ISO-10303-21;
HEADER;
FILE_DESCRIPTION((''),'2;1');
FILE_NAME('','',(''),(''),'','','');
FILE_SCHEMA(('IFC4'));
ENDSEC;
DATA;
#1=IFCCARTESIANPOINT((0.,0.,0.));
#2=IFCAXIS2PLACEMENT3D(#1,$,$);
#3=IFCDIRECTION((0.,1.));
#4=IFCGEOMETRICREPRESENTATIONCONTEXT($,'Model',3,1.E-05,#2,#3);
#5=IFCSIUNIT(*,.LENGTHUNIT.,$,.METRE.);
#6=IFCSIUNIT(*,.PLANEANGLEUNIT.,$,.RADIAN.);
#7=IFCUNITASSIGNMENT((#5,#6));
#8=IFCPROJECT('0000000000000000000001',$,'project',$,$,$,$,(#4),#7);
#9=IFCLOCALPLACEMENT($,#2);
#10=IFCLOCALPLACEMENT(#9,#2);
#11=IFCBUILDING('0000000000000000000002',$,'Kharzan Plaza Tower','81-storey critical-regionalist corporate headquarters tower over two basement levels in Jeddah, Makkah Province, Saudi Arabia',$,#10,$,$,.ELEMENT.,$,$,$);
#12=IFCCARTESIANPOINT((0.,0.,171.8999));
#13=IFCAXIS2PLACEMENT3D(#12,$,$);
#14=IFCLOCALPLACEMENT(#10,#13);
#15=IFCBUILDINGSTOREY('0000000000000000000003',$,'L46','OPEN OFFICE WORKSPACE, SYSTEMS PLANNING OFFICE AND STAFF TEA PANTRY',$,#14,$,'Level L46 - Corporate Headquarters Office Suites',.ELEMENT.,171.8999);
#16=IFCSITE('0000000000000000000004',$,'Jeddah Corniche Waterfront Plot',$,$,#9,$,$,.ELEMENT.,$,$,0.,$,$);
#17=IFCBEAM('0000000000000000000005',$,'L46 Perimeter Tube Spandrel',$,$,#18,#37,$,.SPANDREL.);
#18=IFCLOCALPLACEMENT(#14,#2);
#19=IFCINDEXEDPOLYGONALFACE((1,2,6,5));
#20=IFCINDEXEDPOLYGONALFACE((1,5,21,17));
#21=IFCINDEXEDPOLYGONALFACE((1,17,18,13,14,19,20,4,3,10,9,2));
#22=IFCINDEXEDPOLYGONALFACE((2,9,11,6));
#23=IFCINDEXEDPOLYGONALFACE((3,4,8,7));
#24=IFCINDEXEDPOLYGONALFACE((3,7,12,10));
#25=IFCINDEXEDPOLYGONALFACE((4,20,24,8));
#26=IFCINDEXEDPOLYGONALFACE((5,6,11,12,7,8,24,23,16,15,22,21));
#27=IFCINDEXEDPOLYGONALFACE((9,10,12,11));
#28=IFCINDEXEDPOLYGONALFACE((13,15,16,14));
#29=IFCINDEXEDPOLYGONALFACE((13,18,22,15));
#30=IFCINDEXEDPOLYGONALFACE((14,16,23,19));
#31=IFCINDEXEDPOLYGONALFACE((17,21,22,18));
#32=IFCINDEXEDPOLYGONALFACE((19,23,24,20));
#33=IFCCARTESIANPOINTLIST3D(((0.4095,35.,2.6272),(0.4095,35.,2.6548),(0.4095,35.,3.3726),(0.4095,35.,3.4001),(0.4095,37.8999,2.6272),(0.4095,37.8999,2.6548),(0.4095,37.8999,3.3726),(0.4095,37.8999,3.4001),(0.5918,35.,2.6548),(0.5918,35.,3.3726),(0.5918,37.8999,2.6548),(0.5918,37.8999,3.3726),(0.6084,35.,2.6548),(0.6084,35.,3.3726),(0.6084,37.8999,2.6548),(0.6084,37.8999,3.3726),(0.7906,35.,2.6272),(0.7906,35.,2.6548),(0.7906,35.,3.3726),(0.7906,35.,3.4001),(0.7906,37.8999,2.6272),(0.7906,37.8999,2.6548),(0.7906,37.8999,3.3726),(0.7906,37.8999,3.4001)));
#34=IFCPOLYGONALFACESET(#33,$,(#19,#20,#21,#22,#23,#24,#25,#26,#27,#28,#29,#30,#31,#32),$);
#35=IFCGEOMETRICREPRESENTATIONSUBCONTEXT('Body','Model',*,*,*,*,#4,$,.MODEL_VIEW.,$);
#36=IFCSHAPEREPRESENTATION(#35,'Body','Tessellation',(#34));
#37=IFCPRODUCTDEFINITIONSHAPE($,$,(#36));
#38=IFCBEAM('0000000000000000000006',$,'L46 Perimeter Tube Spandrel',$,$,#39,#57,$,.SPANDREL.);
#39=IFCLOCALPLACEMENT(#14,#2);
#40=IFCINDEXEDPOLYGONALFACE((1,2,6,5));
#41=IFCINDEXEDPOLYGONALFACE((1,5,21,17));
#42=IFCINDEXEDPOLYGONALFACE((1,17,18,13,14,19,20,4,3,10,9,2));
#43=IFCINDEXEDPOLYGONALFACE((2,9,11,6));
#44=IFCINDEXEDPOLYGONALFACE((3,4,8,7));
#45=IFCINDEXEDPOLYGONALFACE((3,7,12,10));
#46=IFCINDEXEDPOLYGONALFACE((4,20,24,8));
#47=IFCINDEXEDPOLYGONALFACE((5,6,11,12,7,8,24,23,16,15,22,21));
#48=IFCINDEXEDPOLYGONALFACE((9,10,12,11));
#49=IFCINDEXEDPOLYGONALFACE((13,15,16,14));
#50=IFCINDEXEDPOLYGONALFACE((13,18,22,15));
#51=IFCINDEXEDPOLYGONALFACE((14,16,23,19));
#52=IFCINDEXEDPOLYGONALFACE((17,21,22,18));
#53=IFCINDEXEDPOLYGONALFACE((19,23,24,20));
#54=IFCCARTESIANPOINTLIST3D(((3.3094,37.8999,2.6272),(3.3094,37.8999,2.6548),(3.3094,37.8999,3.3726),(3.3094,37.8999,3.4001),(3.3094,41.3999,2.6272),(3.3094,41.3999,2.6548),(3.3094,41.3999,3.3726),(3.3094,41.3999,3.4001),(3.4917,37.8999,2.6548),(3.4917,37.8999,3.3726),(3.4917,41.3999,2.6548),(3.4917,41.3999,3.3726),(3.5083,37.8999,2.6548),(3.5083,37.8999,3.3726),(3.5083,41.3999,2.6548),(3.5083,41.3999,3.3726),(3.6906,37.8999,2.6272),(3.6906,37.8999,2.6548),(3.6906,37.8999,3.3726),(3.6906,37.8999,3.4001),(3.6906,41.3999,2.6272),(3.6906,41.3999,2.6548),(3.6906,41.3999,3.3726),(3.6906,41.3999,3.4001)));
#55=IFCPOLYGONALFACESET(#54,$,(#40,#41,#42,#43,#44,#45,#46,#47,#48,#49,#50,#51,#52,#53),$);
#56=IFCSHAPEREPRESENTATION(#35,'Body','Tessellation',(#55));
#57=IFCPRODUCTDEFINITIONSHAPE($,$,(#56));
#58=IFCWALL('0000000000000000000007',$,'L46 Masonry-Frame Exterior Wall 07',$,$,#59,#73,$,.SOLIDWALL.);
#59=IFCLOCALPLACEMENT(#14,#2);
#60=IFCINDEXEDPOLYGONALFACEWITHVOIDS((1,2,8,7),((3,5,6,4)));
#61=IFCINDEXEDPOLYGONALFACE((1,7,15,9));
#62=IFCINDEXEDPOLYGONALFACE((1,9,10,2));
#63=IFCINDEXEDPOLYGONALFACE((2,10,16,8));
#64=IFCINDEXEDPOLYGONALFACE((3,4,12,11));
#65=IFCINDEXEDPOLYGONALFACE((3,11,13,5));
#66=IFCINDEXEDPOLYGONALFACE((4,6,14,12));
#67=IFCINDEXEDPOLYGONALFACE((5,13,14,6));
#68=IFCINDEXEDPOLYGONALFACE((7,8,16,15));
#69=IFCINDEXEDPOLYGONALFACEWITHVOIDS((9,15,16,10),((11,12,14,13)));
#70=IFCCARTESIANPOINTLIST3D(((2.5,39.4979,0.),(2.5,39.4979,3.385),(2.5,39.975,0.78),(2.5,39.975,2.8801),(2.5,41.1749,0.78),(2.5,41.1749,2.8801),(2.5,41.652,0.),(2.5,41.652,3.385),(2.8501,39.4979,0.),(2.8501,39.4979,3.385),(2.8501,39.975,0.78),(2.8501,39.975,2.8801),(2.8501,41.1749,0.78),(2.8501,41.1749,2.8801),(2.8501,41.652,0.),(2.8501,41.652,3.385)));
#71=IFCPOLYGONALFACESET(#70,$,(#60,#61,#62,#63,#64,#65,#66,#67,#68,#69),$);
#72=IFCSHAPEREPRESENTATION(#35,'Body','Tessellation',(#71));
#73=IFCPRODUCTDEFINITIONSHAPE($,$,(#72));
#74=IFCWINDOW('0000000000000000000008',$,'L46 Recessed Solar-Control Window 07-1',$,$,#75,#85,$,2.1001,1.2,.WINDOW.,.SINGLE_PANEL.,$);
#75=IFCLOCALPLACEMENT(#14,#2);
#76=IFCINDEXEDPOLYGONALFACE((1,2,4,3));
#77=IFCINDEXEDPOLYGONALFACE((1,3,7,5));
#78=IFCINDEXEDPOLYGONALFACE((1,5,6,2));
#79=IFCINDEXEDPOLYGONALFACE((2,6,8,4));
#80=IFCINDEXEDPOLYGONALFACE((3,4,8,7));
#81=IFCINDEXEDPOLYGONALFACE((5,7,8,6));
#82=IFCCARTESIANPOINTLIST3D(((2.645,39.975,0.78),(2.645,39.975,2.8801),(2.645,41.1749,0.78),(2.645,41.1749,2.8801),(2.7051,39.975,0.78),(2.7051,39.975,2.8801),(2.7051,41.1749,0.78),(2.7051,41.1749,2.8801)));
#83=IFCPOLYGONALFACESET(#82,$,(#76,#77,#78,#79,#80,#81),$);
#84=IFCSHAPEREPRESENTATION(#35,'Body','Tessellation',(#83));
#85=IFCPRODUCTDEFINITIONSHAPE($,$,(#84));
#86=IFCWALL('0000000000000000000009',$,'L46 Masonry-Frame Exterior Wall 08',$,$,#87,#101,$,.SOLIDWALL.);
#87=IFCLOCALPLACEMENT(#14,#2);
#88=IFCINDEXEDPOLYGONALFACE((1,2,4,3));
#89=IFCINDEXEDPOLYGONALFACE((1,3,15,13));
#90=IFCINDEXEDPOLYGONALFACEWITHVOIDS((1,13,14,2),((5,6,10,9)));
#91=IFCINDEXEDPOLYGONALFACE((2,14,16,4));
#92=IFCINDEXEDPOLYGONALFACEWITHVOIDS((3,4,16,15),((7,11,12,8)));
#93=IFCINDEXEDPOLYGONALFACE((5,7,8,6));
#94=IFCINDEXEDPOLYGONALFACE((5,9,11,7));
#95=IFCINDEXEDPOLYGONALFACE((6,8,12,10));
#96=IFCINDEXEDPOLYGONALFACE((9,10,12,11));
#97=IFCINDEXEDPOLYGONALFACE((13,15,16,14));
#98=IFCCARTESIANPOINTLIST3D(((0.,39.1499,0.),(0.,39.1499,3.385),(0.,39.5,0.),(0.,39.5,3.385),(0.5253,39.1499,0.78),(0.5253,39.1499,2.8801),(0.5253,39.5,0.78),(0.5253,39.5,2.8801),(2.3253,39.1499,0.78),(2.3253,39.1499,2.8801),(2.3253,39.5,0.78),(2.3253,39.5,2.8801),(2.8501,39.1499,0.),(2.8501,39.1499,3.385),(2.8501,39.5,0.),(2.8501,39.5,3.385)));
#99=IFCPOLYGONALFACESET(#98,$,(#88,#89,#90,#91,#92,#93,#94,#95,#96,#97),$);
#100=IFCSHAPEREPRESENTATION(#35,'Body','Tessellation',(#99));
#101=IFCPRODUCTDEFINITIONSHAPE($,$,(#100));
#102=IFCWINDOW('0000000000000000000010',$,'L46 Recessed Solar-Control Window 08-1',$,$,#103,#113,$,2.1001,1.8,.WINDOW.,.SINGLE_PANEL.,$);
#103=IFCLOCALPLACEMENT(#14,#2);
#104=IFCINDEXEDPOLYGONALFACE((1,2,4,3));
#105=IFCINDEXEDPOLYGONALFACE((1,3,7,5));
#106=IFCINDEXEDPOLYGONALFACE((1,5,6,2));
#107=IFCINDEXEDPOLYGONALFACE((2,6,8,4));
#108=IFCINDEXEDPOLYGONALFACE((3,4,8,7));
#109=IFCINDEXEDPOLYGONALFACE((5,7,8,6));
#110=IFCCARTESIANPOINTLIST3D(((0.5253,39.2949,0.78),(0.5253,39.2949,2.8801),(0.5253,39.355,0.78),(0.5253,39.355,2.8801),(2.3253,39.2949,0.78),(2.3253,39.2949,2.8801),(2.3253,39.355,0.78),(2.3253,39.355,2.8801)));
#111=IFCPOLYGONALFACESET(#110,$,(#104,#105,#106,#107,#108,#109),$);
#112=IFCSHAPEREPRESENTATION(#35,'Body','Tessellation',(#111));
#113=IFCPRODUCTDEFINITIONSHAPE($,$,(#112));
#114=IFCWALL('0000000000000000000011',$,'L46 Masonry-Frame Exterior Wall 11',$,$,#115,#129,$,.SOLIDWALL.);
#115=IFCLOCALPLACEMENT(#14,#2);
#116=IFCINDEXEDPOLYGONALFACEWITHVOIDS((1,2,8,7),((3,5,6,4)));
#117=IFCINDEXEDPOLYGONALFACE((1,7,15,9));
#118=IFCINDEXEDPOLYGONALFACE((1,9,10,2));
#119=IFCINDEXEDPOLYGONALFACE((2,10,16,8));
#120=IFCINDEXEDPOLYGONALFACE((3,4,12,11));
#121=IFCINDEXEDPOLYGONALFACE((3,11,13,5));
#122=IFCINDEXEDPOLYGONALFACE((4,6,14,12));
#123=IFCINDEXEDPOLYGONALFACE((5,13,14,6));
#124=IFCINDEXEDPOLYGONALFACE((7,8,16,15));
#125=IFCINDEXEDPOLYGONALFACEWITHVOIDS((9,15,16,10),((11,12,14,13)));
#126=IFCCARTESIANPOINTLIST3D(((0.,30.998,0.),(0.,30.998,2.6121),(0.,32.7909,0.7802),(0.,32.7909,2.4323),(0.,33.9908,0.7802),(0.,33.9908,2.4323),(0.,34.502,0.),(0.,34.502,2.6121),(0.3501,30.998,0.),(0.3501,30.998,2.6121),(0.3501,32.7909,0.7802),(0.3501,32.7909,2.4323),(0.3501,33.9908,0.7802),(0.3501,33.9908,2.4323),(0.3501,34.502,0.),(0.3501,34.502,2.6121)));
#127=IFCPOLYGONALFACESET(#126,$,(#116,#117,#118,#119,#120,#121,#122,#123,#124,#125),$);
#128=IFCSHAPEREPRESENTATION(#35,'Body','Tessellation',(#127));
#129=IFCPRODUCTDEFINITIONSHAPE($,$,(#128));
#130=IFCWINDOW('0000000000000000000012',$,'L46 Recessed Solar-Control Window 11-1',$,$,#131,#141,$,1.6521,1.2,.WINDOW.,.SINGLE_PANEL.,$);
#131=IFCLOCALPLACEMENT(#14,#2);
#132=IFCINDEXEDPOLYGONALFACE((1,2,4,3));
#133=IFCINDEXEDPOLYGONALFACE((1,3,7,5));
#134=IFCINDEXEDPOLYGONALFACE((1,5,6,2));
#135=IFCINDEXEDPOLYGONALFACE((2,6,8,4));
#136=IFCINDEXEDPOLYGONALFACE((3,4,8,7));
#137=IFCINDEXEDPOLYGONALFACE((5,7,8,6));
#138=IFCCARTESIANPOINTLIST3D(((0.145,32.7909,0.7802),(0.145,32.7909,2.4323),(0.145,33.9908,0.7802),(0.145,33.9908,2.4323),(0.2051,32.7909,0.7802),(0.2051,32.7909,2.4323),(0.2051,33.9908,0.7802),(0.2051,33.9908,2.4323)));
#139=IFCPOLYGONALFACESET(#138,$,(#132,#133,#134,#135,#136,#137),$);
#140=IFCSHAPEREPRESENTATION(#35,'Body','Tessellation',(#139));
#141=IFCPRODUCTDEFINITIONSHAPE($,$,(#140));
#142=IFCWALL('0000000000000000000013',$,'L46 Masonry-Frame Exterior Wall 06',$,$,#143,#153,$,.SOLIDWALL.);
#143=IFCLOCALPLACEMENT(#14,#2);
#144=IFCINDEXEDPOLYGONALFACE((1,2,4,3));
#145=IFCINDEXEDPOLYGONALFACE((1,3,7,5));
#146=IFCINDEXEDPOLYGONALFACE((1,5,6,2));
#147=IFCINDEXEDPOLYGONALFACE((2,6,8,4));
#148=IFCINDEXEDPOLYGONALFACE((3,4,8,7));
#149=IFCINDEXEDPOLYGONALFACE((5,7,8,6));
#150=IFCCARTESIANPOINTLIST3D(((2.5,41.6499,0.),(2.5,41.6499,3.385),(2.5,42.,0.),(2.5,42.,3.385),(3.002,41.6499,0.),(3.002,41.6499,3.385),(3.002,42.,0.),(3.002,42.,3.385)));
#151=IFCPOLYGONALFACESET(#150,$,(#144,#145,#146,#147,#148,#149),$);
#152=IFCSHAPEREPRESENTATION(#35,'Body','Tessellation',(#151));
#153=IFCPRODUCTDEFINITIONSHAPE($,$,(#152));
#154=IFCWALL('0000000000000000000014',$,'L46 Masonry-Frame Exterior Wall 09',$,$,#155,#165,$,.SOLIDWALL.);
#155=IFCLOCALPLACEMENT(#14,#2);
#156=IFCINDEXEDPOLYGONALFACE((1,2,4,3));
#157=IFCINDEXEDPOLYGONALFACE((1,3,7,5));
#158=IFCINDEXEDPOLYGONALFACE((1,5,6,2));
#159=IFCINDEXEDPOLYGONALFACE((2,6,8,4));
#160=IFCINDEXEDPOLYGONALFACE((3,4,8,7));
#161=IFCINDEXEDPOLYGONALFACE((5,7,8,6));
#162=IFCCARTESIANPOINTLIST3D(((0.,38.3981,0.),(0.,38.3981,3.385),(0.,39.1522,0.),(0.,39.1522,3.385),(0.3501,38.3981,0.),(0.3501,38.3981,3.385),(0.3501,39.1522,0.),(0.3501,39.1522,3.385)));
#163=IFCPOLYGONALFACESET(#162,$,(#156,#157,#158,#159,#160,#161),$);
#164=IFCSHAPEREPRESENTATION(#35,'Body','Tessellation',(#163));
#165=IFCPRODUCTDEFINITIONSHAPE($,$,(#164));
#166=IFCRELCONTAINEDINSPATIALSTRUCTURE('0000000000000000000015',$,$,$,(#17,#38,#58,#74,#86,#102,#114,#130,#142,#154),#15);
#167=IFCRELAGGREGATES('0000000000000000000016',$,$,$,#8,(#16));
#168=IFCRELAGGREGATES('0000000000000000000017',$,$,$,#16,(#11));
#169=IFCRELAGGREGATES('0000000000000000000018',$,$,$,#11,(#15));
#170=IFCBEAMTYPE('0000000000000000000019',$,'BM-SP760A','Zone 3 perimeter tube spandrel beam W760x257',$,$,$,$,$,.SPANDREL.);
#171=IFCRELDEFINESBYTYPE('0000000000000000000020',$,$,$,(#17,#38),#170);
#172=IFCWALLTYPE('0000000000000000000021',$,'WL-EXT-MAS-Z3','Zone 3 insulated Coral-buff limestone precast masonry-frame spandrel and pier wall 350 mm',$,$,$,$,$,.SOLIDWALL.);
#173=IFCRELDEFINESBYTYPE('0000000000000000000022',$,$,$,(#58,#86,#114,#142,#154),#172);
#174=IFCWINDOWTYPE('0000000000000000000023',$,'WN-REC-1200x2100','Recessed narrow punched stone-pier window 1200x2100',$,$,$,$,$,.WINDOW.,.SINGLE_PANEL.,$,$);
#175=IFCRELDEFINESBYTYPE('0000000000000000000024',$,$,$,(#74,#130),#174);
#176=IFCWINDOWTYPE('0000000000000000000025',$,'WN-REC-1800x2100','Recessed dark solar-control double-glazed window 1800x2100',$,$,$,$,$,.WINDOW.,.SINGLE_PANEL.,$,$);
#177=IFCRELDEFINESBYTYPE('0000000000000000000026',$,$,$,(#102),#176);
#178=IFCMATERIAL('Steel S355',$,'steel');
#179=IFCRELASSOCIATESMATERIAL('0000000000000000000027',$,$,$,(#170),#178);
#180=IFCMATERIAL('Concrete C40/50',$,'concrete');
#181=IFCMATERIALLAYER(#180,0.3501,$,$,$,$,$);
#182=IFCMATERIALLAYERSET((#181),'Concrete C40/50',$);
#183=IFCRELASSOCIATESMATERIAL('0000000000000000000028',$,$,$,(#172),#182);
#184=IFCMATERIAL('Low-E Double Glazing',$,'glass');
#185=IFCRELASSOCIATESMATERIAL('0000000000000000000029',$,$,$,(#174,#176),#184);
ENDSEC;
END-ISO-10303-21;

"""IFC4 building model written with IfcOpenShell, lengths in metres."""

from ifc_helpers import new_model, si_unit, direction, frame, frame_2d, origin, origin_2d, place, context, subcontext, project, spatial, rectangle, i_section, extrude, source, transform, mapped, material, layer, layer_set, material_profile, profile_set, type_object, element, fill, save


model = new_model("IFC4")

# Units and contexts
model_context = context("Model", 3, precision=1e-05, world=origin(), true_north=direction((0.0, 1.0)))
body_context = subcontext(model_context, "Body", "Model", "MODEL_VIEW")
ifc_project = project(units=[si_unit("LENGTHUNIT", "METRE"), si_unit("PLANEANGLEUNIT", "RADIAN")], contexts=[model_context])

# Site, building, storey
site_placement = place(None, origin())
site = spatial("IfcSite", under=ifc_project, at=site_placement, Name="Jeddah Corniche Waterfront Plot", CompositionType="ELEMENT", RefElevation=0.0)
building_placement = place(site_placement, origin())
building = spatial("IfcBuilding", under=site, at=building_placement, Name="Kharzan Plaza Tower", Description="81-storey critical-regionalist corporate headquarters tower over two basement levels in Jeddah, Makkah Province, Saudi Arabia", CompositionType="ELEMENT")
storey_placement = place(building_placement, frame((0.0, 0.0, 171.8999)))
storey = spatial("IfcBuildingStorey", under=building, at=storey_placement, Name="L46", Description="OPEN OFFICE WORKSPACE, SYSTEMS PLANNING OFFICE AND STAFF TEA PANTRY", LongName="Level L46 - Corporate Headquarters Office Suites", CompositionType="ELEMENT", Elevation=171.8999)

# Beams
ifc_material_1 = material(Name="Steel S355", Category="steel")
ifc_material_profile_1 = material_profile(ifc_material_1, i_section(OverallWidth=0.3811, OverallDepth=0.7729, WebThickness=0.0166, FlangeThickness=0.0276, at=origin_2d()), Name="W760x257")
ifc_profile_set_1 = profile_set([ifc_material_profile_1], Name="Steel S355")
beam_type_1 = type_object("IfcBeamType", Name="BM-SP760A", Description="Zone 3 perimeter tube spandrel beam W760x257", PredefinedType="SPANDREL", material=ifc_profile_set_1)
shared_shape_1 = source(origin(), body_context, "Body", "SweptSolid", [
    extrude(i_section(OverallWidth=0.3811, OverallDepth=0.7729, WebThickness=0.0166, FlangeThickness=0.0276, at=origin_2d()), origin(), (0.0, 0.0, 1.0), 2.8999),
])
beam_1_placement = place(storey_placement, frame((0.6001, 35.0, 3.0137), z_axis=(0.0, 1.0, 0.0), x_axis=(-1.0, 0.0, 0.0)))
element("IfcBeam", 1, at=beam_1_placement, inside=storey, type_object=beam_type_1, Name="L46 Perimeter Tube Spandrel", PredefinedType="SPANDREL", context=body_context, shape_type="MappedRepresentation", body=[
    mapped(shared_shape_1, transform((0.0, 0.0, 0.0), x_axis=(1.0, 0.0, 0.0), y_axis=(0.0, 1.0, 0.0), z_axis=(0.0, 0.0, 1.0))),
])
shared_shape_2 = source(origin(), body_context, "Body", "SweptSolid", [
    extrude(i_section(OverallWidth=0.3811, OverallDepth=0.7729, WebThickness=0.0166, FlangeThickness=0.0276, at=origin_2d()), origin(), (0.0, 0.0, 1.0), 3.5),
])
beam_2_placement = place(storey_placement, frame((3.5, 37.8999, 3.0137), z_axis=(0.0, 1.0, 0.0), x_axis=(-1.0, 0.0, 0.0)))
element("IfcBeam", 2, at=beam_2_placement, inside=storey, type_object=beam_type_1, Name="L46 Perimeter Tube Spandrel", PredefinedType="SPANDREL", context=body_context, shape_type="MappedRepresentation", body=[
    mapped(shared_shape_2, transform((0.0, 0.0, 0.0), x_axis=(1.0, 0.0, 0.0), y_axis=(0.0, 1.0, 0.0), z_axis=(0.0, 0.0, 1.0))),
])

# Walls, openings, windows
ifc_material_2 = material(Name="Concrete C40/50", Category="concrete")
ifc_layer_1 = layer(ifc_material_2, 0.3501)
ifc_layer_set_1 = layer_set([ifc_layer_1], Name="Concrete C40/50")
wall_type_1 = type_object("IfcWallType", Name="WL-EXT-MAS-Z3", Description="Zone 3 insulated Coral-buff limestone precast masonry-frame spandrel and pier wall 350 mm", PredefinedType="SOLIDWALL", material=ifc_layer_set_1)
wall_1_placement = place(storey_placement, frame((2.675, 41.6521, 0.0), z_axis=(0.0, 0.0, 1.0), x_axis=(0.0, -1.0, 0.0)))
wall_1 = element("IfcWall", 3, at=wall_1_placement, inside=storey, type_object=wall_type_1, Name="L46 Masonry-Frame Exterior Wall 07", PredefinedType="SOLIDWALL", context=body_context, shape_type="SweptSolid", body=[
    extrude(rectangle(XDim=2.1541, YDim=0.3501, at=frame_2d((1.0771, 0.0))), origin(), (0.0, 0.0, 1.0), 3.385),
])
opening_1_placement = place(wall_1_placement, frame((0.4771, 0.0, 0.78)))
opening_1 = element("IfcOpeningElement", 4, at=opening_1_placement, cuts=wall_1, PredefinedType="OPENING", context=body_context, shape_type="SweptSolid", body=[
    extrude(rectangle(XDim=1.2, YDim=2.1001, at=frame_2d((0.6001, 1.05))), frame((0.0, 0.1851, 0.0), z_axis=(0.0, -1.0, 0.0), x_axis=(1.0, 0.0, 0.0)), (0.0, 0.0, 1.0), 0.3701),
])
ifc_material_3 = material(Name="Low-E Double Glazing", Category="glass")
window_type_1 = type_object("IfcWindowType", Name="WN-REC-1200x2100", Description="Recessed narrow punched stone-pier window 1200x2100", PartitioningType="SINGLE_PANEL", PredefinedType="WINDOW", material=ifc_material_3)
shared_shape_3 = source(origin(), body_context, "Body", "SweptSolid", [
    extrude(rectangle(XDim=1.2, YDim=2.1001, at=frame_2d((0.6001, 1.05))), frame((0.0, 0.03, 0.0), z_axis=(0.0, -1.0, 0.0), x_axis=(1.0, 0.0, 0.0)), (0.0, 0.0, 1.0), 0.0601),
])
window_1_placement = place(opening_1_placement, origin())
window_1 = element("IfcWindow", 5, at=window_1_placement, inside=storey, type_object=window_type_1, Name="L46 Recessed Solar-Control Window 07-1", OverallHeight=2.1001, OverallWidth=1.2, PartitioningType="SINGLE_PANEL", PredefinedType="WINDOW", context=body_context, shape_type="MappedRepresentation", body=[
    mapped(shared_shape_3, transform((0.0, 0.0, 0.0), x_axis=(1.0, 0.0, 0.0), y_axis=(0.0, 1.0, 0.0), z_axis=(0.0, 0.0, 1.0))),
])
fill(opening_1, window_1)
wall_2_placement = place(storey_placement, frame((2.8501, 39.325, 0.0), z_axis=(0.0, 0.0, 1.0), x_axis=(-1.0, 0.0, 0.0)))
wall_2 = element("IfcWall", 6, at=wall_2_placement, inside=storey, type_object=wall_type_1, Name="L46 Masonry-Frame Exterior Wall 08", PredefinedType="SOLIDWALL", context=body_context, shape_type="SweptSolid", body=[
    extrude(rectangle(XDim=2.8501, YDim=0.3501, at=frame_2d((1.425, 0.0))), origin(), (0.0, 0.0, 1.0), 3.385),
])
opening_2_placement = place(wall_2_placement, frame((0.5249, 0.0, 0.78)))
opening_2 = element("IfcOpeningElement", 7, at=opening_2_placement, cuts=wall_2, PredefinedType="OPENING", context=body_context, shape_type="SweptSolid", body=[
    extrude(rectangle(XDim=1.8, YDim=2.1001, at=frame_2d((0.8999, 1.05))), frame((0.0, 0.1851, 0.0), z_axis=(0.0, -1.0, 0.0), x_axis=(1.0, 0.0, 0.0)), (0.0, 0.0, 1.0), 0.3701),
])
window_type_2 = type_object("IfcWindowType", Name="WN-REC-1800x2100", Description="Recessed dark solar-control double-glazed window 1800x2100", PartitioningType="SINGLE_PANEL", PredefinedType="WINDOW", material=ifc_material_3)
shared_shape_4 = source(origin(), body_context, "Body", "SweptSolid", [
    extrude(rectangle(XDim=1.8, YDim=2.1001, at=frame_2d((0.8999, 1.05))), frame((0.0, 0.03, 0.0), z_axis=(0.0, -1.0, 0.0), x_axis=(1.0, 0.0, 0.0)), (0.0, 0.0, 1.0), 0.0601),
])
window_2_placement = place(opening_2_placement, origin())
window_2 = element("IfcWindow", 8, at=window_2_placement, inside=storey, type_object=window_type_2, Name="L46 Recessed Solar-Control Window 08-1", OverallHeight=2.1001, OverallWidth=1.8, PartitioningType="SINGLE_PANEL", PredefinedType="WINDOW", context=body_context, shape_type="MappedRepresentation", body=[
    mapped(shared_shape_4, transform((0.0, 0.0, 0.0), x_axis=(1.0, 0.0, 0.0), y_axis=(0.0, 1.0, 0.0), z_axis=(0.0, 0.0, 1.0))),
])
fill(opening_2, window_2)
wall_3_placement = place(storey_placement, frame((0.175, 34.502, 0.0), z_axis=(0.0, 0.0, 1.0), x_axis=(0.0, -1.0, 0.0)))
wall_3 = element("IfcWall", 9, at=wall_3_placement, inside=storey, type_object=wall_type_1, Name="L46 Masonry-Frame Exterior Wall 11", PredefinedType="SOLIDWALL", context=body_context, shape_type="SweptSolid", body=[
    extrude(rectangle(XDim=3.5039, YDim=0.3501, at=frame_2d((1.752, 0.0))), origin(), (0.0, 0.0, 1.0), 2.6121),
])
opening_3_placement = place(wall_3_placement, frame((0.511, 0.0, 0.78)))
opening_3 = element("IfcOpeningElement", 10, at=opening_3_placement, cuts=wall_3, PredefinedType="OPENING", context=body_context, shape_type="SweptSolid", body=[
    extrude(rectangle(XDim=1.2, YDim=1.6521, at=frame_2d((0.6001, 0.8262))), frame((0.0, 0.1851, 0.0), z_axis=(0.0, -1.0, 0.0), x_axis=(1.0, 0.0, 0.0)), (0.0, 0.0, 1.0), 0.3701),
])
shared_shape_5 = source(origin(), body_context, "Body", "SweptSolid", [
    extrude(rectangle(XDim=1.2, YDim=1.6521, at=frame_2d((0.6001, 0.8262))), frame((0.0, 0.03, 0.0), z_axis=(0.0, -1.0, 0.0), x_axis=(1.0, 0.0, 0.0)), (0.0, 0.0, 1.0), 0.0601),
])
window_3_placement = place(opening_3_placement, origin())
window_3 = element("IfcWindow", 11, at=window_3_placement, inside=storey, type_object=window_type_1, Name="L46 Recessed Solar-Control Window 11-1", OverallHeight=1.6521, OverallWidth=1.2, PartitioningType="SINGLE_PANEL", PredefinedType="WINDOW", context=body_context, shape_type="MappedRepresentation", body=[
    mapped(shared_shape_5, transform((0.0, 0.0, 0.0), x_axis=(1.0, 0.0, 0.0), y_axis=(0.0, 1.0, 0.0), z_axis=(0.0, 0.0, 1.0))),
])
fill(opening_3, window_3)

# Walls
shared_shape_6 = source(origin(), body_context, "Body", "SweptSolid", [
    extrude(rectangle(XDim=0.502, YDim=0.3501, at=frame_2d((0.251, 0.0))), origin(), (0.0, 0.0, 1.0), 3.385),
])
wall_4_placement = place(storey_placement, frame((3.002, 41.825, 0.0), z_axis=(0.0, 0.0, 1.0), x_axis=(-1.0, 0.0, 0.0)))
element("IfcWall", 12, at=wall_4_placement, inside=storey, type_object=wall_type_1, Name="L46 Masonry-Frame Exterior Wall 06", PredefinedType="SOLIDWALL", context=body_context, shape_type="MappedRepresentation", body=[
    mapped(shared_shape_6, transform((0.0, 0.0, 0.0), x_axis=(1.0, 0.0, 0.0), y_axis=(0.0, 1.0, 0.0), z_axis=(0.0, 0.0, 1.0))),
])
shared_shape_7 = source(origin(), body_context, "Body", "SweptSolid", [
    extrude(rectangle(XDim=0.7542, YDim=0.3501, at=frame_2d((0.377, 0.0))), origin(), (0.0, 0.0, 1.0), 3.385),
])
wall_5_placement = place(storey_placement, frame((0.175, 39.1521, 0.0), z_axis=(0.0, 0.0, 1.0), x_axis=(0.0, -1.0, 0.0)))
element("IfcWall", 13, at=wall_5_placement, inside=storey, type_object=wall_type_1, Name="L46 Masonry-Frame Exterior Wall 09", PredefinedType="SOLIDWALL", context=body_context, shape_type="MappedRepresentation", body=[
    mapped(shared_shape_7, transform((0.0, 0.0, 0.0), x_axis=(1.0, 0.0, 0.0), y_axis=(0.0, 1.0, 0.0), z_axis=(0.0, 0.0, 1.0))),
])

save(model, "model.ifc")
